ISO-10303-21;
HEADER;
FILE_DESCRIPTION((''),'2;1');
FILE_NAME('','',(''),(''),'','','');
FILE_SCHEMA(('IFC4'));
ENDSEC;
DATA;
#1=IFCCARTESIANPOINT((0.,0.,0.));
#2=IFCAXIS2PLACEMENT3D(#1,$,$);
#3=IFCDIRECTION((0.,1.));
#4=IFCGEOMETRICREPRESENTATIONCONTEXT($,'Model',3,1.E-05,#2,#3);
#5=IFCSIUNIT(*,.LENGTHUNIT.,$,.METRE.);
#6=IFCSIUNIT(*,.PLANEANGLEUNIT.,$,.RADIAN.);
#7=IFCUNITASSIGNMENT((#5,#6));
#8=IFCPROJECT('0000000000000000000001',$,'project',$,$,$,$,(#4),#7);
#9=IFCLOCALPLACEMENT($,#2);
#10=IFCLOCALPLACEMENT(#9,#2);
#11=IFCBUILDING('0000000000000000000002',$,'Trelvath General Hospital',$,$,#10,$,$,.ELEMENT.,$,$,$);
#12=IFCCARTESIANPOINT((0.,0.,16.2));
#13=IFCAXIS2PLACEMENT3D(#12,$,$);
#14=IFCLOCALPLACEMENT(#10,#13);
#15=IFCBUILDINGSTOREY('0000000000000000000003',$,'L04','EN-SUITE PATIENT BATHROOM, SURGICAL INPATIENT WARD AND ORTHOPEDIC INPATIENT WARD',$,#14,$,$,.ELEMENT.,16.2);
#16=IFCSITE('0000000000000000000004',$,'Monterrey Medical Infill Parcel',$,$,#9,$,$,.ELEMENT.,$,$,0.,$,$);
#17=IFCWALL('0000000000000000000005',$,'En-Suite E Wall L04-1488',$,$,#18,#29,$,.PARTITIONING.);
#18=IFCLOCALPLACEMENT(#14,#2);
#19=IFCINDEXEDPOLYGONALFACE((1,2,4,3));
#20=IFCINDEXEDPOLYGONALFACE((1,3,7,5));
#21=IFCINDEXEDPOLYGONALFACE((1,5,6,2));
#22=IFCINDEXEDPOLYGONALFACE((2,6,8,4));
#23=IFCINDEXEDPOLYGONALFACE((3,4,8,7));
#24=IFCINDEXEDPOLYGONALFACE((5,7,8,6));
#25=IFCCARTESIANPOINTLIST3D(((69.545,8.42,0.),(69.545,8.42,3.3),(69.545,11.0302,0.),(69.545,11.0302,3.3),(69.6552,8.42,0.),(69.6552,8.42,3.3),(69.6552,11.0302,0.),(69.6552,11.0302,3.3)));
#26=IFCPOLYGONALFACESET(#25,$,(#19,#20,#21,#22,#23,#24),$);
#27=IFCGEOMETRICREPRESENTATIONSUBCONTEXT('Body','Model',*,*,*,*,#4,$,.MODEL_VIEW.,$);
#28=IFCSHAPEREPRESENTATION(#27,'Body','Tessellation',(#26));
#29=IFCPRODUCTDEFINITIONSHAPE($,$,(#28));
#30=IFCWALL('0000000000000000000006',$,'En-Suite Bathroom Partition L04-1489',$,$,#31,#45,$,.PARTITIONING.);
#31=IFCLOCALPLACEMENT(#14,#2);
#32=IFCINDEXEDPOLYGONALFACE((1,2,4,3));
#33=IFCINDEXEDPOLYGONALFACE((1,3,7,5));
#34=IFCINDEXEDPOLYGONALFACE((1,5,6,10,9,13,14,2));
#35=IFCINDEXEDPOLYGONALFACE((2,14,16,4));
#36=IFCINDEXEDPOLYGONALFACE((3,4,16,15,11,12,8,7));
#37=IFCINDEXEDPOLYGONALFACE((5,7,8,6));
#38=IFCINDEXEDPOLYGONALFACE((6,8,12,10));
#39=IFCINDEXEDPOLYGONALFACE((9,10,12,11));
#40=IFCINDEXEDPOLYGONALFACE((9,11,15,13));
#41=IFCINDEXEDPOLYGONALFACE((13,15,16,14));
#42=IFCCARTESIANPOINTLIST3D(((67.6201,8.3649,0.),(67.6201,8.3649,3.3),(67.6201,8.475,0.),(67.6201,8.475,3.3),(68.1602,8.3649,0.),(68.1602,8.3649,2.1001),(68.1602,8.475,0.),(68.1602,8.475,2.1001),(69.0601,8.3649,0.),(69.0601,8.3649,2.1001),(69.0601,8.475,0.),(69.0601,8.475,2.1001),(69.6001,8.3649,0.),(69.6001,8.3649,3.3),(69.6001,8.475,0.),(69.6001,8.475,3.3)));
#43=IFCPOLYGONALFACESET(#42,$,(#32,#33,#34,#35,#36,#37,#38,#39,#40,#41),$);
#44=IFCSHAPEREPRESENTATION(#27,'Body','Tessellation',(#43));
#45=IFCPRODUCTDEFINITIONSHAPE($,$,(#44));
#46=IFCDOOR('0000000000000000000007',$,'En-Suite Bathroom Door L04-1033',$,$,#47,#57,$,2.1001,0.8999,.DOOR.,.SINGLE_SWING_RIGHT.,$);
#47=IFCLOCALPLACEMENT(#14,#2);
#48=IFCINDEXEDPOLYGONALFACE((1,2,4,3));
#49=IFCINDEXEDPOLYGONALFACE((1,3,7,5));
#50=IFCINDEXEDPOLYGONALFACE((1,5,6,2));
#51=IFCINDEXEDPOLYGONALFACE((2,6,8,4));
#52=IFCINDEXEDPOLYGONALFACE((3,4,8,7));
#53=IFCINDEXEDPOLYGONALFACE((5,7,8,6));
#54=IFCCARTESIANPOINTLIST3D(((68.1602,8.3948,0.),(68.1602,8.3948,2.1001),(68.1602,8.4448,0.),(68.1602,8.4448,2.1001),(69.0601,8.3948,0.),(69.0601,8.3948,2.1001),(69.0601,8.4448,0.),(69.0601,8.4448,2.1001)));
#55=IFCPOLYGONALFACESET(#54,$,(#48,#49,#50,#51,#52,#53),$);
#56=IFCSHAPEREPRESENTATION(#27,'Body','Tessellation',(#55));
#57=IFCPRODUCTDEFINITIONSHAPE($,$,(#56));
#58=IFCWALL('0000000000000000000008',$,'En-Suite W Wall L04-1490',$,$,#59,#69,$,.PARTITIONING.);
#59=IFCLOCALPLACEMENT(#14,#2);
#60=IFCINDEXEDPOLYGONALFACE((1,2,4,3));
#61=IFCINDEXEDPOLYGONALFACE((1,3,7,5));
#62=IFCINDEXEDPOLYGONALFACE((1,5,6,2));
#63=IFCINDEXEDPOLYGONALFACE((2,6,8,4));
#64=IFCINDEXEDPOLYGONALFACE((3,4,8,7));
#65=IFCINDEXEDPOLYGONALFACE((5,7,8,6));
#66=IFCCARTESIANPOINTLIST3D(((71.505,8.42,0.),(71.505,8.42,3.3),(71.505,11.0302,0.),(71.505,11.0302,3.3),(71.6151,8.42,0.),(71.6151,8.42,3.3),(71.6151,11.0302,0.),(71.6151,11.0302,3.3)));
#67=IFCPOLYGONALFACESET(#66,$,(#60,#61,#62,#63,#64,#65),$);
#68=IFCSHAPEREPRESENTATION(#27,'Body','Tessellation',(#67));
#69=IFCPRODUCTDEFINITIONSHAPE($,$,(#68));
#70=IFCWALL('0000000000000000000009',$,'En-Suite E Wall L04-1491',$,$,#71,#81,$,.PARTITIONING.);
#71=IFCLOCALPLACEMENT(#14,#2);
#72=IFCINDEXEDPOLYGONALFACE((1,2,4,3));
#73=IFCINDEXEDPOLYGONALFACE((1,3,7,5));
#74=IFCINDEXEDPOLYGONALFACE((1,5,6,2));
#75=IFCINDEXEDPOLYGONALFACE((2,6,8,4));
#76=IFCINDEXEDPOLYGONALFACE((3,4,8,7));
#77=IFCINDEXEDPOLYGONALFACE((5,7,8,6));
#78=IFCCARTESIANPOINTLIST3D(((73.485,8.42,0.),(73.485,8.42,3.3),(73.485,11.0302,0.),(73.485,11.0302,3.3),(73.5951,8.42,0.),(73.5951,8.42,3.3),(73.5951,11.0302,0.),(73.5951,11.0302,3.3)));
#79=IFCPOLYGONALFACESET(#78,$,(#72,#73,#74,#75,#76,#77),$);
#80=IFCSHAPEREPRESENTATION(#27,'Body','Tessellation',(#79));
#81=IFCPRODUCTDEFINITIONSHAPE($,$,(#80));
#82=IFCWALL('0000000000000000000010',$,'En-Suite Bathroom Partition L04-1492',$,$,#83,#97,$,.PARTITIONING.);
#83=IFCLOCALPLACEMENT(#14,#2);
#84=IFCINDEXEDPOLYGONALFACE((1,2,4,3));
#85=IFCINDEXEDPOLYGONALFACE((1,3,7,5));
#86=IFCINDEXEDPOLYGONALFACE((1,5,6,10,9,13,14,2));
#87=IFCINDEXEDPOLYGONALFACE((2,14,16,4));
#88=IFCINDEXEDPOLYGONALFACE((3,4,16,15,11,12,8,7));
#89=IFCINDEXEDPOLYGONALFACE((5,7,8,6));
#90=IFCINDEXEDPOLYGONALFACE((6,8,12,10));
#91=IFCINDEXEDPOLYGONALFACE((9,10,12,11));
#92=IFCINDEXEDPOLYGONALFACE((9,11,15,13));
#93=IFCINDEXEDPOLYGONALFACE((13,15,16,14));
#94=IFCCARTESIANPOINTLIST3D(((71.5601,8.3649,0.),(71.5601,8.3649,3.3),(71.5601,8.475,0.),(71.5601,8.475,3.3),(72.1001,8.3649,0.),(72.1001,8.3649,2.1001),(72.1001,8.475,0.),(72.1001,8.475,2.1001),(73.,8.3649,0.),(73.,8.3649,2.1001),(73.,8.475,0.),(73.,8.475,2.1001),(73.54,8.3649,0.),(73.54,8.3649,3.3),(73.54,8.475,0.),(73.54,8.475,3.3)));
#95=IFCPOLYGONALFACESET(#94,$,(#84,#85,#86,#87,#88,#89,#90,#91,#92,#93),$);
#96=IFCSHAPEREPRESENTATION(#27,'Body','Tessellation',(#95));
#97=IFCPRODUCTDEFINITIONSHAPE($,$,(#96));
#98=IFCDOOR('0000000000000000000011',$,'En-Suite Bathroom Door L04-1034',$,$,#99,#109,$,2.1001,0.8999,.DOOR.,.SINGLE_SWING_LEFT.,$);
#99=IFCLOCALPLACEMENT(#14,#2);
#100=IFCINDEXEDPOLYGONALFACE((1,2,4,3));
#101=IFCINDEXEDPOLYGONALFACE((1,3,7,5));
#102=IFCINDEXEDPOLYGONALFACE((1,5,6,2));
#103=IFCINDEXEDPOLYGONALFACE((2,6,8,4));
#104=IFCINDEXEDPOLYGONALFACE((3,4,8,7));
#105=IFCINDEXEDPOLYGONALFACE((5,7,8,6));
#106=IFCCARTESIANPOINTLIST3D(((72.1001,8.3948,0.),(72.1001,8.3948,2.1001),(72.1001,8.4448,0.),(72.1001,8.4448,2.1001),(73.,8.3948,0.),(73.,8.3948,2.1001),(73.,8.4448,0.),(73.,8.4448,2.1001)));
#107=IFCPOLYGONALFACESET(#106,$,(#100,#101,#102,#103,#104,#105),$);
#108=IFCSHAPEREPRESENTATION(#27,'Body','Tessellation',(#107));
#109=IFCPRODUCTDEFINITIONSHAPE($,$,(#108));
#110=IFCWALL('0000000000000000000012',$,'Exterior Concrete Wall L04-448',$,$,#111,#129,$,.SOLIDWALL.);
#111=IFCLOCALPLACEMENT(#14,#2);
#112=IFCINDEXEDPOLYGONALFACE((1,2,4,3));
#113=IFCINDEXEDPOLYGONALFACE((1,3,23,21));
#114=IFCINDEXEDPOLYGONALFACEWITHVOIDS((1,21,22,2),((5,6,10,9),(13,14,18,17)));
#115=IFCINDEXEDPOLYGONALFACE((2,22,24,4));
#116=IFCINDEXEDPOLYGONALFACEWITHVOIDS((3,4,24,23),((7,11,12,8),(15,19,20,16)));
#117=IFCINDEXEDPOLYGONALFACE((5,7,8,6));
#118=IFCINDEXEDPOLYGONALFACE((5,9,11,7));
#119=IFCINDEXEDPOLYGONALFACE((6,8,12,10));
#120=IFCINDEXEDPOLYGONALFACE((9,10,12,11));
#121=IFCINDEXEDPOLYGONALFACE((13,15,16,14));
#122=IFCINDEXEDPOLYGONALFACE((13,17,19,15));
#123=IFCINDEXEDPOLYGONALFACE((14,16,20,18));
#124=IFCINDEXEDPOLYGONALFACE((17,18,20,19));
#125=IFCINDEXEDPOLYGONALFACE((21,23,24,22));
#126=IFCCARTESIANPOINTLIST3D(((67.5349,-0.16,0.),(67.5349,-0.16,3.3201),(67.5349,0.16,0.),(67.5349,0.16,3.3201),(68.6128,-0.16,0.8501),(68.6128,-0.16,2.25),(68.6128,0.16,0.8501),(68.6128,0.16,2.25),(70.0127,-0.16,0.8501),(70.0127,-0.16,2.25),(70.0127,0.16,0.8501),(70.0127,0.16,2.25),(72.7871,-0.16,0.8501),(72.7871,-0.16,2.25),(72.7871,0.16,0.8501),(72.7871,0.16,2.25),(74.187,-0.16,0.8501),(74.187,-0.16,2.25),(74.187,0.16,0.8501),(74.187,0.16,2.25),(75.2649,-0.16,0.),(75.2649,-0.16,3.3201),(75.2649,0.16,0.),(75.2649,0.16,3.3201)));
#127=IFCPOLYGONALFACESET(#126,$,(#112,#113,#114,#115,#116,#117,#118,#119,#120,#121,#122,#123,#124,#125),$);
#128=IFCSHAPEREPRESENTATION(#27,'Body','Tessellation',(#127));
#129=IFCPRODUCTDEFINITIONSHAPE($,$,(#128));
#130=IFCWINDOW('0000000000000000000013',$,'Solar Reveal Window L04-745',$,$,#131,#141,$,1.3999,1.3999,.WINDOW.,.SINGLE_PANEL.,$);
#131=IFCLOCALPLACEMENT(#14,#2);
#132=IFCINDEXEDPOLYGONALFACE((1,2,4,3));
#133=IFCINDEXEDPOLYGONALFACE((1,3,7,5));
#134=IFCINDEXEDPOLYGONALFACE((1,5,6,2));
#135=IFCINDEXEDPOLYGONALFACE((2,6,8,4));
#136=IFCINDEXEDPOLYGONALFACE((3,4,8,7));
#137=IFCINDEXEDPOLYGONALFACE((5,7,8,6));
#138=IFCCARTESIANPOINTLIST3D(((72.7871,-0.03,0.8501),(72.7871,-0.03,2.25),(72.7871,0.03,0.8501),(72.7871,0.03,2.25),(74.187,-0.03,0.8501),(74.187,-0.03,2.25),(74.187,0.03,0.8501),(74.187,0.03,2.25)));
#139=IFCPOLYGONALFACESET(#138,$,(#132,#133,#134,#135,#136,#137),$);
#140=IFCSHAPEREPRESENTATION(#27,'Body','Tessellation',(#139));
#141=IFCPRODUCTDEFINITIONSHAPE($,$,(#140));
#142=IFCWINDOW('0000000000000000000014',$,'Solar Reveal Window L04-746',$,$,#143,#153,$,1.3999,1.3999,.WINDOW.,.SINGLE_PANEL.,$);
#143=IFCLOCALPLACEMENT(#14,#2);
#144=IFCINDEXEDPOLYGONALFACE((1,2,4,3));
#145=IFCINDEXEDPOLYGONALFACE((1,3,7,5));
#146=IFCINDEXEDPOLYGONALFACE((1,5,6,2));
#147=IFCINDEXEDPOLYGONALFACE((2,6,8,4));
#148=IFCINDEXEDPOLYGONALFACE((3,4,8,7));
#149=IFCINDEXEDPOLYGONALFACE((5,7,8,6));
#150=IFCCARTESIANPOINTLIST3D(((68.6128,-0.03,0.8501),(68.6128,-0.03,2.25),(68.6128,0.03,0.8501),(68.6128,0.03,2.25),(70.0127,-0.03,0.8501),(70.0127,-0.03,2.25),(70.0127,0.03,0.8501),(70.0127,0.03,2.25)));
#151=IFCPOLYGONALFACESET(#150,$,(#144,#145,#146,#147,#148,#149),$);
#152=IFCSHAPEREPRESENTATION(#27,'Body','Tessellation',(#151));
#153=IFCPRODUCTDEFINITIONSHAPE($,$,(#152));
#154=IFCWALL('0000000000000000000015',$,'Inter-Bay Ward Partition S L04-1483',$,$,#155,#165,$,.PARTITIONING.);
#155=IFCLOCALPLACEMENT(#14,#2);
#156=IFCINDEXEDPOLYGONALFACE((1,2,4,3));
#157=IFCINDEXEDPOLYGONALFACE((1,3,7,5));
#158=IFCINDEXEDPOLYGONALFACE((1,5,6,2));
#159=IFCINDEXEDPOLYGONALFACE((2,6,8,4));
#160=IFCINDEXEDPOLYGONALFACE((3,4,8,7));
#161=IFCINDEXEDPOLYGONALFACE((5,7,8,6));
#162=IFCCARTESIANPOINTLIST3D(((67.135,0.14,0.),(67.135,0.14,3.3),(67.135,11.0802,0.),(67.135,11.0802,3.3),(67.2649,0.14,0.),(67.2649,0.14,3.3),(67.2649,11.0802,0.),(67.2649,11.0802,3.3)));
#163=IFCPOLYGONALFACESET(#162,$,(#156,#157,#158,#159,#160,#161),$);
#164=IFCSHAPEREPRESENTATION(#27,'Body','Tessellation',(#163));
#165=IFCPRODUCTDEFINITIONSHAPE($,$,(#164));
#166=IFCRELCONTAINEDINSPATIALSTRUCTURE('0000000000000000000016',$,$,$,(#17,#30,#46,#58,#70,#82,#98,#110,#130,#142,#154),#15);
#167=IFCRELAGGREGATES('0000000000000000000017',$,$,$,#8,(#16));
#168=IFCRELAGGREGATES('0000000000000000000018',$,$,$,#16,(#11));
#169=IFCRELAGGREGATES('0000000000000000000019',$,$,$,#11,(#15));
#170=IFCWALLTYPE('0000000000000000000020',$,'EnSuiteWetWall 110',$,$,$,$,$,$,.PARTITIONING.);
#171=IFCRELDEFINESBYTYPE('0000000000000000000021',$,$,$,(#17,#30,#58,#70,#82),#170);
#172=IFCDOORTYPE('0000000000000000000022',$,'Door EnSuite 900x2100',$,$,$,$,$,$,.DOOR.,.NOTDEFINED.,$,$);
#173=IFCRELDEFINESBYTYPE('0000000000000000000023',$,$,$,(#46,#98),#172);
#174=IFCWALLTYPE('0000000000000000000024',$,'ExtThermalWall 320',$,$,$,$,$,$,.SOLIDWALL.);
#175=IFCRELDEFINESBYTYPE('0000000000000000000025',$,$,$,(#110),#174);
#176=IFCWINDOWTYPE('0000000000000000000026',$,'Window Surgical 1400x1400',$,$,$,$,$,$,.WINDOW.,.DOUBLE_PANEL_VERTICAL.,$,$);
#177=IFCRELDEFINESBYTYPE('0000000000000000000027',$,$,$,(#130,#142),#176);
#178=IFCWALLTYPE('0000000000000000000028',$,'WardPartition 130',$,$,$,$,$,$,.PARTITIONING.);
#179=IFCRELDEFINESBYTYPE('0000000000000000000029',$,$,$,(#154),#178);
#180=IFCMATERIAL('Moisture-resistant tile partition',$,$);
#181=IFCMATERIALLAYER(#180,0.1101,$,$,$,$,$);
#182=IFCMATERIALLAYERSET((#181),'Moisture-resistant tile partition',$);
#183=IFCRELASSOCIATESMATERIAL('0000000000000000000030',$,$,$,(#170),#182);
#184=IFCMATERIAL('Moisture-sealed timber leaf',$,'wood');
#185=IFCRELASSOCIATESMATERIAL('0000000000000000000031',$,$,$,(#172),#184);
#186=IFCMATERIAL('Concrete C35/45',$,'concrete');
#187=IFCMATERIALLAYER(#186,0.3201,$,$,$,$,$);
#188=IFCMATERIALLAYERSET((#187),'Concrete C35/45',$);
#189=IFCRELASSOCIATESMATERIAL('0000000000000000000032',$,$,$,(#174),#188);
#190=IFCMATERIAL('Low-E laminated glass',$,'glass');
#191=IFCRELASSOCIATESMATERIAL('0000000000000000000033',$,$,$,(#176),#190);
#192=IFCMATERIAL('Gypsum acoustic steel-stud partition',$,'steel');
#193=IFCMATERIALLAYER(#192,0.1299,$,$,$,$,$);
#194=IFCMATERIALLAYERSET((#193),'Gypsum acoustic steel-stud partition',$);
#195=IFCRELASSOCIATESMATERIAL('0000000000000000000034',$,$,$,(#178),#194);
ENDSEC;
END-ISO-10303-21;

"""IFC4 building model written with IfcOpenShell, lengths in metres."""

from ifc_helpers import new_model, si_unit, direction, frame, frame_2d, origin, place, context, subcontext, project, spatial, rectangle, extrude, material, layer, layer_set, type_object, element, fill, save


model = new_model("IFC4")

# Units and contexts
model_context = context("Model", 3, precision=1e-05, world=origin(), true_north=direction((0.0, 1.0)))
body_context = subcontext(model_context, "Body", "Model", "MODEL_VIEW")
ifc_project = project(units=[si_unit("LENGTHUNIT", "METRE"), si_unit("PLANEANGLEUNIT", "RADIAN")], contexts=[model_context])

# Site, building, storey
site_placement = place(None, origin())
site = spatial("IfcSite", under=ifc_project, at=site_placement, Name="Monterrey Medical Infill Parcel", CompositionType="ELEMENT", RefElevation=0.0)
building_placement = place(site_placement, origin())
building = spatial("IfcBuilding", under=site, at=building_placement, Name="Trelvath General Hospital", CompositionType="ELEMENT")
storey_placement = place(building_placement, frame((0.0, 0.0, 16.2)))
storey = spatial("IfcBuildingStorey", under=building, at=storey_placement, Name="L04", Description="EN-SUITE PATIENT BATHROOM, SURGICAL INPATIENT WARD AND ORTHOPEDIC INPATIENT WARD", CompositionType="ELEMENT", Elevation=16.2)

# Wall
ifc_material_1 = material(Name="Moisture-resistant tile partition")
ifc_layer_1 = layer(ifc_material_1, 0.1101)
ifc_layer_set_1 = layer_set([ifc_layer_1], Name="Moisture-resistant tile partition")
wall_type_1 = type_object("IfcWallType", Name="EnSuiteWetWall 110", PredefinedType="PARTITIONING", material=ifc_layer_set_1)
for number, where, z_axis, x_axis, name in (
    (1, (69.6001, 8.4199, 0.0), (0.0, 0.0, 1.0), (0.0, 1.0, 0.0), "En-Suite E Wall L04-1488"),
):
    element("IfcWall", number, at=place(storey_placement, frame(where, z_axis=z_axis, x_axis=x_axis)), inside=storey, type_object=wall_type_1, Name=name, PredefinedType="PARTITIONING", context=body_context, shape_type="SweptSolid", body=[
        extrude(rectangle(XDim=2.6101, YDim=0.1101, at=frame_2d((1.3052, 0.0))), origin(), (0.0, 0.0, 1.0), 3.3),
    ])

# Wall, opening, door
wall_1_placement = place(storey_placement, frame((67.6201, 8.4199, 0.0), z_axis=(0.0, 0.0, 1.0), x_axis=(1.0, 0.0, 0.0)))
wall_1 = element("IfcWall", 2, at=wall_1_placement, inside=storey, type_object=wall_type_1, Name="En-Suite Bathroom Partition L04-1489", PredefinedType="PARTITIONING", context=body_context, shape_type="SweptSolid", body=[
    extrude(rectangle(XDim=1.98, YDim=0.1101, at=frame_2d((0.99, 0.0))), origin(), (0.0, 0.0, 1.0), 3.3),
])
opening_1_placement = place(wall_1_placement, frame((0.54, 0.0, 0.0)))
opening_1 = element("IfcOpeningElement", 3, at=opening_1_placement, cuts=wall_1, PredefinedType="OPENING", context=body_context, shape_type="SweptSolid", body=[
    extrude(rectangle(XDim=0.8999, YDim=2.1001, at=frame_2d((0.45, 1.05))), frame((0.0, 0.0649, 0.0), z_axis=(0.0, -1.0, 0.0), x_axis=(1.0, 0.0, 0.0)), (0.0, 0.0, 1.0), 0.1301),
])
ifc_material_2 = material(Name="Moisture-sealed timber leaf", Category="wood")
door_type_1 = type_object("IfcDoorType", Name="Door EnSuite 900x2100", OperationType="NOTDEFINED", PredefinedType="DOOR", material=ifc_material_2)
door_1_placement = place(opening_1_placement, origin())
door_1 = element("IfcDoor", 4, at=door_1_placement, inside=storey, type_object=door_type_1, Name="En-Suite Bathroom Door L04-1033", OperationType="SINGLE_SWING_RIGHT", OverallHeight=2.1001, OverallWidth=0.8999, PredefinedType="DOOR", context=body_context, shape_type="SweptSolid", body=[
    extrude(rectangle(XDim=0.8999, YDim=2.1001, at=frame_2d((0.45, 1.05))), frame((0.0, 0.0249, 0.0), z_axis=(0.0, -1.0, 0.0), x_axis=(1.0, 0.0, 0.0)), (0.0, 0.0, 1.0), 0.05),
])
fill(opening_1, door_1)

# Walls
for number, where, z_axis, x_axis, name in (
    (5, (71.5601, 8.4199, 0.0), (0.0, 0.0, 1.0), (0.0, 1.0, 0.0), "En-Suite W Wall L04-1490"),
    (6, (73.54, 8.4199, 0.0), (0.0, 0.0, 1.0), (0.0, 1.0, 0.0), "En-Suite E Wall L04-1491"),
):
    element("IfcWall", number, at=place(storey_placement, frame(where, z_axis=z_axis, x_axis=x_axis)), inside=storey, type_object=wall_type_1, Name=name, PredefinedType="PARTITIONING", context=body_context, shape_type="SweptSolid", body=[
        extrude(rectangle(XDim=2.6101, YDim=0.1101, at=frame_2d((1.3052, 0.0))), origin(), (0.0, 0.0, 1.0), 3.3),
    ])

# Wall, opening, door
wall_2_placement = place(storey_placement, frame((71.5601, 8.4199, 0.0), z_axis=(0.0, 0.0, 1.0), x_axis=(1.0, 0.0, 0.0)))
wall_2 = element("IfcWall", 7, at=wall_2_placement, inside=storey, type_object=wall_type_1, Name="En-Suite Bathroom Partition L04-1492", PredefinedType="PARTITIONING", context=body_context, shape_type="SweptSolid", body=[
    extrude(rectangle(XDim=1.98, YDim=0.1101, at=frame_2d((0.99, 0.0))), origin(), (0.0, 0.0, 1.0), 3.3),
])
opening_2_placement = place(wall_2_placement, frame((0.54, 0.0, 0.0)))
opening_2 = element("IfcOpeningElement", 8, at=opening_2_placement, cuts=wall_2, PredefinedType="OPENING", context=body_context, shape_type="SweptSolid", body=[
    extrude(rectangle(XDim=0.8999, YDim=2.1001, at=frame_2d((0.45, 1.05))), frame((0.0, 0.0649, 0.0), z_axis=(0.0, -1.0, 0.0), x_axis=(1.0, 0.0, 0.0)), (0.0, 0.0, 1.0), 0.1301),
])
door_2_placement = place(opening_2_placement, origin())
door_2 = element("IfcDoor", 9, at=door_2_placement, inside=storey, type_object=door_type_1, Name="En-Suite Bathroom Door L04-1034", OperationType="SINGLE_SWING_LEFT", OverallHeight=2.1001, OverallWidth=0.8999, PredefinedType="DOOR", context=body_context, shape_type="SweptSolid", body=[
    extrude(rectangle(XDim=0.8999, YDim=2.1001, at=frame_2d((0.45, 1.05))), frame((0.0, 0.0249, 0.0), z_axis=(0.0, -1.0, 0.0), x_axis=(1.0, 0.0, 0.0)), (0.0, 0.0, 1.0), 0.05),
])
fill(opening_2, door_2)

# Wall, openings, windows
ifc_material_3 = material(Name="Concrete C35/45", Category="concrete")
ifc_layer_2 = layer(ifc_material_3, 0.3201)
ifc_layer_set_2 = layer_set([ifc_layer_2], Name="Concrete C35/45")
wall_type_2 = type_object("IfcWallType", Name="ExtThermalWall 320", PredefinedType="SOLIDWALL", material=ifc_layer_set_2)
wall_3_placement = place(storey_placement, frame((75.2649, 0.0, 0.0), z_axis=(0.0, 0.0, 1.0), x_axis=(-1.0, 0.0, 0.0)))
wall_3 = element("IfcWall", 10, at=wall_3_placement, inside=storey, type_object=wall_type_2, Name="Exterior Concrete Wall L04-448", PredefinedType="SOLIDWALL", context=body_context, shape_type="SweptSolid", body=[
    extrude(rectangle(XDim=7.73, YDim=0.3201, at=frame_2d((3.865, 0.0))), origin(), (0.0, 0.0, 1.0), 3.3201),
])
opening_3_placement = place(wall_3_placement, frame((1.0779, 0.0, 0.8501)))
opening_3 = element("IfcOpeningElement", 11, at=opening_3_placement, cuts=wall_3, PredefinedType="OPENING", context=body_context, shape_type="SweptSolid", body=[
    extrude(rectangle(XDim=1.3999, YDim=1.3999, at=frame_2d((0.7, 0.7))), frame((0.0, 0.1699, 0.0), z_axis=(0.0, -1.0, 0.0), x_axis=(1.0, 0.0, 0.0)), (0.0, 0.0, 1.0), 0.3401),
])
opening_4_placement = place(wall_3_placement, frame((5.2522, 0.0, 0.8501)))
opening_4 = element("IfcOpeningElement", 12, at=opening_4_placement, cuts=wall_3, PredefinedType="OPENING", context=body_context, shape_type="SweptSolid", body=[
    extrude(rectangle(XDim=1.3999, YDim=1.3999, at=frame_2d((0.7, 0.7))), frame((0.0, 0.1699, 0.0), z_axis=(0.0, -1.0, 0.0), x_axis=(1.0, 0.0, 0.0)), (0.0, 0.0, 1.0), 0.3401),
])
ifc_material_4 = material(Name="Low-E laminated glass", Category="glass")
window_type = type_object("IfcWindowType", Name="Window Surgical 1400x1400", PartitioningType="DOUBLE_PANEL_VERTICAL", PredefinedType="WINDOW", material=ifc_material_4)
window_1_placement = place(opening_3_placement, origin())
window_1 = element("IfcWindow", 13, at=window_1_placement, inside=storey, type_object=window_type, Name="Solar Reveal Window L04-745", OverallHeight=1.3999, OverallWidth=1.3999, PartitioningType="SINGLE_PANEL", PredefinedType="WINDOW", context=body_context, shape_type="SweptSolid", body=[
    extrude(rectangle(XDim=1.3999, YDim=1.3999, at=frame_2d((0.7, 0.7))), frame((0.0, 0.03, 0.0), z_axis=(0.0, -1.0, 0.0), x_axis=(1.0, 0.0, 0.0)), (0.0, 0.0, 1.0), 0.0601),
])
fill(opening_3, window_1)
window_2_placement = place(opening_4_placement, origin())
window_2 = element("IfcWindow", 14, at=window_2_placement, inside=storey, type_object=window_type, Name="Solar Reveal Window L04-746", OverallHeight=1.3999, OverallWidth=1.3999, PartitioningType="SINGLE_PANEL", PredefinedType="WINDOW", context=body_context, shape_type="SweptSolid", body=[
    extrude(rectangle(XDim=1.3999, YDim=1.3999, at=frame_2d((0.7, 0.7))), frame((0.0, 0.03, 0.0), z_axis=(0.0, -1.0, 0.0), x_axis=(1.0, 0.0, 0.0)), (0.0, 0.0, 1.0), 0.0601),
])
fill(opening_4, window_2)

# Wall
ifc_material_5 = material(Name="Gypsum acoustic steel-stud partition", Category="steel")
ifc_layer_3 = layer(ifc_material_5, 0.1299)
ifc_layer_set_3 = layer_set([ifc_layer_3], Name="Gypsum acoustic steel-stud partition")
wall_type_3 = type_object("IfcWallType", Name="WardPartition 130", PredefinedType="PARTITIONING", material=ifc_layer_set_3)
wall_4_placement = place(storey_placement, frame((67.2, 0.1399, 0.0), z_axis=(0.0, 0.0, 1.0), x_axis=(0.0, 1.0, 0.0)))
element("IfcWall", 15, at=wall_4_placement, inside=storey, type_object=wall_type_3, Name="Inter-Bay Ward Partition S L04-1483", PredefinedType="PARTITIONING", context=body_context, shape_type="SweptSolid", body=[
    extrude(rectangle(XDim=10.9402, YDim=0.1299, at=frame_2d((5.4702, 0.0))), origin(), (0.0, 0.0, 1.0), 3.3),
])

save(model, "model.ifc")
